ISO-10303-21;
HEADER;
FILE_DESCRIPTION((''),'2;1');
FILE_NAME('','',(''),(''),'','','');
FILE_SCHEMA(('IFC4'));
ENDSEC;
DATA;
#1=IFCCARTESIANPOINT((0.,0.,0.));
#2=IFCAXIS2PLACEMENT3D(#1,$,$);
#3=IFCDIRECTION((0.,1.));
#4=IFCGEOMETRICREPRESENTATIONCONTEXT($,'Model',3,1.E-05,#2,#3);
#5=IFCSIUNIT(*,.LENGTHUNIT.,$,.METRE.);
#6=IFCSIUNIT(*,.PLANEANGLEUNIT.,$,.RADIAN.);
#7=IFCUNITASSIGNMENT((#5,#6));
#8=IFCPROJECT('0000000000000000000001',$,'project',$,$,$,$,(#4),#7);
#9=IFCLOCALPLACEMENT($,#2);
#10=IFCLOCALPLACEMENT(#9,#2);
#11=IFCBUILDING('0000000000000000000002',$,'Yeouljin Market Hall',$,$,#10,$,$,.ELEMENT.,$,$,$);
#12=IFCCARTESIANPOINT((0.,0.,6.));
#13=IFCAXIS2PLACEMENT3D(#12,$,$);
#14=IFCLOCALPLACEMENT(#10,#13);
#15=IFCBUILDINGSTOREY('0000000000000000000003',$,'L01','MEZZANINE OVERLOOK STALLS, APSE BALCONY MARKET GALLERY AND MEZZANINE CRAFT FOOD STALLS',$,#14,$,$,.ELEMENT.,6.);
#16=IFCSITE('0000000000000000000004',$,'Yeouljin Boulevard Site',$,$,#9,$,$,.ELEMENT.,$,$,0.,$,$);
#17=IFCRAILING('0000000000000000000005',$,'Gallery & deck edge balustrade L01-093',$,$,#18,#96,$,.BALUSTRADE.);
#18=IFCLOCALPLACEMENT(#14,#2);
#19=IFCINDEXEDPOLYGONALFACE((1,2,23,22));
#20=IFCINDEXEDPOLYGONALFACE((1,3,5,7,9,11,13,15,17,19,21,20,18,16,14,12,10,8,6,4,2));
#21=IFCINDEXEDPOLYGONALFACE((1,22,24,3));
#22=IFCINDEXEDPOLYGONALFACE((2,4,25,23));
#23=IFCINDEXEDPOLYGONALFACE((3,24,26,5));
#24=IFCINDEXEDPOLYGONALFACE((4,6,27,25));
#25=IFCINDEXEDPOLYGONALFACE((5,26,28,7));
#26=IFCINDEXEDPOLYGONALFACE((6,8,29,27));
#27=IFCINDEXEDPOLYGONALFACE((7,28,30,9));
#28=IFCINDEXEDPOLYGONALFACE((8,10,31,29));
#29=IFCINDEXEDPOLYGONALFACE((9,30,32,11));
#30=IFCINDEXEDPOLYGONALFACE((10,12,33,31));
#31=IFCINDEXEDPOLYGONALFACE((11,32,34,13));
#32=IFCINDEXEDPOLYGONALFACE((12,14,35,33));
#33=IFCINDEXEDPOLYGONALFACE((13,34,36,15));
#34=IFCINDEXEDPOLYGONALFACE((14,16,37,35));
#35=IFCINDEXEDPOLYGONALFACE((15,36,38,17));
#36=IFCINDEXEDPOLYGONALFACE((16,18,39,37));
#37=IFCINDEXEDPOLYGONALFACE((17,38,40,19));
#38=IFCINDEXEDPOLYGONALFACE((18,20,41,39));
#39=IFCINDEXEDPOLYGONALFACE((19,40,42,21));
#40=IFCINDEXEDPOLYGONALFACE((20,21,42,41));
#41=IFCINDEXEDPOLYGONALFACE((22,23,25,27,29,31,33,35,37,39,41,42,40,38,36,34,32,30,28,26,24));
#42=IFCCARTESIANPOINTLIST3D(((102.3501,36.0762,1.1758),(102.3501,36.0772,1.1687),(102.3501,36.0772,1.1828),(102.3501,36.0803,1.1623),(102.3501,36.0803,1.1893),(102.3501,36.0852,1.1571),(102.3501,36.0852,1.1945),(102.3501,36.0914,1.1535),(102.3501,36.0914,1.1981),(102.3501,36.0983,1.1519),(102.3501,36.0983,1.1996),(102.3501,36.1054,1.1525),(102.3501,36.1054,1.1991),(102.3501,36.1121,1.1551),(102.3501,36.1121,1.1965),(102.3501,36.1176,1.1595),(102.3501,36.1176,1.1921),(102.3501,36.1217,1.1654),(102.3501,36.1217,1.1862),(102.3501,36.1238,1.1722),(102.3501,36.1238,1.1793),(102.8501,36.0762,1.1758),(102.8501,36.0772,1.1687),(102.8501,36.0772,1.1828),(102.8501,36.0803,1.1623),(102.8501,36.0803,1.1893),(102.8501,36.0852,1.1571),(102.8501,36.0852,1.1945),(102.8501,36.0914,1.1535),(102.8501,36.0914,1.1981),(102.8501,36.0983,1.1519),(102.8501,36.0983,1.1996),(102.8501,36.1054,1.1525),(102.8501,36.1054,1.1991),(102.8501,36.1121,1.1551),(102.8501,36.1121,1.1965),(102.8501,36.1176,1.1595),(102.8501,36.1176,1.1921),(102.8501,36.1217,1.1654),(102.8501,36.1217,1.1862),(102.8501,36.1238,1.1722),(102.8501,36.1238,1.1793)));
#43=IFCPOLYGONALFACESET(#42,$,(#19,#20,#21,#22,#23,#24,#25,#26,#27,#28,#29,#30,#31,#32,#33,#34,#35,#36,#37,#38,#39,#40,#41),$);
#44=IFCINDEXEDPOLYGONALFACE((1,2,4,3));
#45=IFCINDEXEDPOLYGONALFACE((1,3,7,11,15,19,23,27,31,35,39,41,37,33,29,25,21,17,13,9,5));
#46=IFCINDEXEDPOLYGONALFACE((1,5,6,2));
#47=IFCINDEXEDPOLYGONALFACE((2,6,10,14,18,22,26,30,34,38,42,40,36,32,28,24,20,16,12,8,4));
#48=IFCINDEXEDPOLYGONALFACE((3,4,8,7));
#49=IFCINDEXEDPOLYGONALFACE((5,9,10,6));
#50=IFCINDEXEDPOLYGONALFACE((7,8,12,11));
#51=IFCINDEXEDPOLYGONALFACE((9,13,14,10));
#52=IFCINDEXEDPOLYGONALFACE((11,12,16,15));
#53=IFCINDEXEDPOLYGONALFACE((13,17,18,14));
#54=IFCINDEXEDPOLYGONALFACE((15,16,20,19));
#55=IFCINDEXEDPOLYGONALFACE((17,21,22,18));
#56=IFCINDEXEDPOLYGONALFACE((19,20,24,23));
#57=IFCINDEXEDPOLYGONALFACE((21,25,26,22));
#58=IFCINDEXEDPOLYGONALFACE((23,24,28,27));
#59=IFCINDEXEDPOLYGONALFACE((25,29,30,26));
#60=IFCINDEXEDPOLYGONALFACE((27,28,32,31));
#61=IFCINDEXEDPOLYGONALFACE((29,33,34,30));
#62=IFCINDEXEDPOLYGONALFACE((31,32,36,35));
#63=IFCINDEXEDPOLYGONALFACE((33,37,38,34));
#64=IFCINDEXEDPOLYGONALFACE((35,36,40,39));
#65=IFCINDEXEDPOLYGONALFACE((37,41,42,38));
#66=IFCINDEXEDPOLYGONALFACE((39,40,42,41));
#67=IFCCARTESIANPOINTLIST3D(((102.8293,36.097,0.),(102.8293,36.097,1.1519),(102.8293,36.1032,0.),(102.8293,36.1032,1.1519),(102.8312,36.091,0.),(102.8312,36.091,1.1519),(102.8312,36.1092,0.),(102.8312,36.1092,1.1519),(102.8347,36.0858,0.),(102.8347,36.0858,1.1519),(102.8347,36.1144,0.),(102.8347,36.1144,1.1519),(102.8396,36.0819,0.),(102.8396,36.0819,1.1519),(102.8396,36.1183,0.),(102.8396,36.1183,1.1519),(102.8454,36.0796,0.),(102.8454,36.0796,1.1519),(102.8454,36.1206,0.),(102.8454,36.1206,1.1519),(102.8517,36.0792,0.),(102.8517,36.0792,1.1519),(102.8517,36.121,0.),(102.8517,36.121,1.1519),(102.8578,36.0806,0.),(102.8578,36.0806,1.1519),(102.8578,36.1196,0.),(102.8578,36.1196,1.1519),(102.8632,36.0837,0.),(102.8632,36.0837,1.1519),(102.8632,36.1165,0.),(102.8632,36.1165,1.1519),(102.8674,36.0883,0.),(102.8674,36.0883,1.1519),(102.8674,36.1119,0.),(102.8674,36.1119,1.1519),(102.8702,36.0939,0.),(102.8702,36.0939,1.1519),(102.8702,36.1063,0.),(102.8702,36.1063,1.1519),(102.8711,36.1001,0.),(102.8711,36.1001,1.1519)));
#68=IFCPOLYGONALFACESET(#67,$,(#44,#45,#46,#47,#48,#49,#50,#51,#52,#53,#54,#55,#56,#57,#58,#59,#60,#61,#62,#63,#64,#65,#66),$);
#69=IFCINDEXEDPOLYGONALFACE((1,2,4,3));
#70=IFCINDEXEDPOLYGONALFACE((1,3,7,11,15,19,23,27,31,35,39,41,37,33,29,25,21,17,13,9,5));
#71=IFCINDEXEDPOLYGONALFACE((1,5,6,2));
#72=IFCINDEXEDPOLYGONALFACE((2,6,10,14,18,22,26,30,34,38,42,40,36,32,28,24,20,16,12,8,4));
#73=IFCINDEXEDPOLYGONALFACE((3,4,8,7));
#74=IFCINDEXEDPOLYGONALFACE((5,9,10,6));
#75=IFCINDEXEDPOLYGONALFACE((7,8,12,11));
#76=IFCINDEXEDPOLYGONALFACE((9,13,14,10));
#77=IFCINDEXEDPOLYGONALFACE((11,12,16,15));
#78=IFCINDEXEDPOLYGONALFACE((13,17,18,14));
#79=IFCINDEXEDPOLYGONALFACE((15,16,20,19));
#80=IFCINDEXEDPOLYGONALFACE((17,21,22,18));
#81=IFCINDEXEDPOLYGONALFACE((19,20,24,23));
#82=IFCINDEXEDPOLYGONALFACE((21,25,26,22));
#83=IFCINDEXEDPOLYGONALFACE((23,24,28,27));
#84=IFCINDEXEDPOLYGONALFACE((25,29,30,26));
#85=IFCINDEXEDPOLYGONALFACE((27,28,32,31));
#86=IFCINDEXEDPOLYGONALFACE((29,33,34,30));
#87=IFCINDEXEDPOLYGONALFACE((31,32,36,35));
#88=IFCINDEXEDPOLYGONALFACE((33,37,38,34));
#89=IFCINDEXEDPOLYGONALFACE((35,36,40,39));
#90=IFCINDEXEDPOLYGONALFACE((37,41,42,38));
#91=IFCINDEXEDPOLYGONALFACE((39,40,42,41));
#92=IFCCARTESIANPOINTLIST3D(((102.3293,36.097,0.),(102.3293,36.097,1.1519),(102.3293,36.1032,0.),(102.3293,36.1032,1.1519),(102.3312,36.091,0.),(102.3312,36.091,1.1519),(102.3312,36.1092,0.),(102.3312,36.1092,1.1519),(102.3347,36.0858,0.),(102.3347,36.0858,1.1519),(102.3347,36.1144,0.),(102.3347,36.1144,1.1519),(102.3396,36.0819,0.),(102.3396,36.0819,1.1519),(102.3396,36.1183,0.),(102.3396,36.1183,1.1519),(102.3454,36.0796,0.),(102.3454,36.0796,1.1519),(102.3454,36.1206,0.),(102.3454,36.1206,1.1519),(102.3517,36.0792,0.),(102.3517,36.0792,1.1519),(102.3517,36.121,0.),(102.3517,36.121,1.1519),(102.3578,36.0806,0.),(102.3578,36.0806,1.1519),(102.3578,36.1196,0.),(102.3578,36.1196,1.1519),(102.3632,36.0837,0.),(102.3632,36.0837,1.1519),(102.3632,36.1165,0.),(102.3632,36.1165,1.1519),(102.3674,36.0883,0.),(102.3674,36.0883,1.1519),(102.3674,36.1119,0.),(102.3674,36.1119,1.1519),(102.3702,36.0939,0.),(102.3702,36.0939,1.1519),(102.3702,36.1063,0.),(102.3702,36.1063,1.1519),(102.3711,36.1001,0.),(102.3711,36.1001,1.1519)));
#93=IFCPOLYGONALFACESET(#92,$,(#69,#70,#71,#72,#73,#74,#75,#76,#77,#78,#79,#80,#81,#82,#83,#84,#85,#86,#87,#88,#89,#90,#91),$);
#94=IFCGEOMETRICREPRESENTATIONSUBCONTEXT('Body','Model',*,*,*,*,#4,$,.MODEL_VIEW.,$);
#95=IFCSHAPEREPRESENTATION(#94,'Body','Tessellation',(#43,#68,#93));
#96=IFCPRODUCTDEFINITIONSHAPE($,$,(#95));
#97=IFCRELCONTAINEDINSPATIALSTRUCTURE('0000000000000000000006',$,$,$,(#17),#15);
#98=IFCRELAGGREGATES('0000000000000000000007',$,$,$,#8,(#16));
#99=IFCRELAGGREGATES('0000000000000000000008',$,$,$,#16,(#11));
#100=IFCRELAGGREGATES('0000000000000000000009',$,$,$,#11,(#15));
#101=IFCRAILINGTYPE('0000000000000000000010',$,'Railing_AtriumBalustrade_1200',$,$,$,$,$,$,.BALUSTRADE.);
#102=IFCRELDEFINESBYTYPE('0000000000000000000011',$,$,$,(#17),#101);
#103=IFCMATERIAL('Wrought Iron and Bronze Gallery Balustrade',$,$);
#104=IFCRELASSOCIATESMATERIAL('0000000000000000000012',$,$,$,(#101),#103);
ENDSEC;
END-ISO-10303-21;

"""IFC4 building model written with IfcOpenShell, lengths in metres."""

from ifc_helpers import new_model, si_unit, direction, frame, origin, origin_2d, place, context, subcontext, project, spatial, circle, extrude, material, type_object, element, save


model = new_model("IFC4")

# Units and contexts
model_context = context("Model", 3, precision=1e-05, world=origin(), true_north=direction((0.0, 1.0)))
body_context = subcontext(model_context, "Body", "Model", "MODEL_VIEW")
ifc_project = project(units=[si_unit("LENGTHUNIT", "METRE"), si_unit("PLANEANGLEUNIT", "RADIAN")], contexts=[model_context])

# Site, building, storey
site_placement = place(None, origin())
site = spatial("IfcSite", under=ifc_project, at=site_placement, Name="Yeouljin Boulevard Site", CompositionType="ELEMENT", RefElevation=0.0)
building_placement = place(site_placement, origin())
building = spatial("IfcBuilding", under=site, at=building_placement, Name="Yeouljin Market Hall", CompositionType="ELEMENT")
storey_placement = place(building_placement, frame((0.0, 0.0, 6.0)))
storey = spatial("IfcBuildingStorey", under=building, at=storey_placement, Name="L01", Description="MEZZANINE OVERLOOK STALLS, APSE BALCONY MARKET GALLERY AND MEZZANINE CRAFT FOOD STALLS", CompositionType="ELEMENT", Elevation=6.0)

# Railing
ifc_material_1 = material(Name="Wrought Iron and Bronze Gallery Balustrade")
railing_type = type_object("IfcRailingType", Name="Railing_AtriumBalustrade_1200", PredefinedType="BALUSTRADE", material=ifc_material_1)
railing_placement = place(storey_placement, frame((102.8501, 36.1001, 0.0)))
element("IfcRailing", 1, at=railing_placement, inside=storey, type_object=railing_type, Name="Gallery & deck edge balustrade L01-093", PredefinedType="BALUSTRADE", context=body_context, shape_type="SweptSolid", body=[
    extrude(circle(Radius=0.0239, at=origin_2d()), frame((0.0, 0.0, 1.1758), z_axis=(-1.0, 0.0, 0.0), x_axis=(0.0, -1.0, 0.0)), (0.0, 0.0, 1.0), 0.5),
    extrude(circle(Radius=0.021, at=origin_2d()), origin(), (0.0, 0.0, 1.0), 1.1519),
    extrude(circle(Radius=0.021, at=origin_2d()), frame((-0.5, 0.0, 0.0)), (0.0, 0.0, 1.0), 1.1519),
])

save(model, "model.ifc")
